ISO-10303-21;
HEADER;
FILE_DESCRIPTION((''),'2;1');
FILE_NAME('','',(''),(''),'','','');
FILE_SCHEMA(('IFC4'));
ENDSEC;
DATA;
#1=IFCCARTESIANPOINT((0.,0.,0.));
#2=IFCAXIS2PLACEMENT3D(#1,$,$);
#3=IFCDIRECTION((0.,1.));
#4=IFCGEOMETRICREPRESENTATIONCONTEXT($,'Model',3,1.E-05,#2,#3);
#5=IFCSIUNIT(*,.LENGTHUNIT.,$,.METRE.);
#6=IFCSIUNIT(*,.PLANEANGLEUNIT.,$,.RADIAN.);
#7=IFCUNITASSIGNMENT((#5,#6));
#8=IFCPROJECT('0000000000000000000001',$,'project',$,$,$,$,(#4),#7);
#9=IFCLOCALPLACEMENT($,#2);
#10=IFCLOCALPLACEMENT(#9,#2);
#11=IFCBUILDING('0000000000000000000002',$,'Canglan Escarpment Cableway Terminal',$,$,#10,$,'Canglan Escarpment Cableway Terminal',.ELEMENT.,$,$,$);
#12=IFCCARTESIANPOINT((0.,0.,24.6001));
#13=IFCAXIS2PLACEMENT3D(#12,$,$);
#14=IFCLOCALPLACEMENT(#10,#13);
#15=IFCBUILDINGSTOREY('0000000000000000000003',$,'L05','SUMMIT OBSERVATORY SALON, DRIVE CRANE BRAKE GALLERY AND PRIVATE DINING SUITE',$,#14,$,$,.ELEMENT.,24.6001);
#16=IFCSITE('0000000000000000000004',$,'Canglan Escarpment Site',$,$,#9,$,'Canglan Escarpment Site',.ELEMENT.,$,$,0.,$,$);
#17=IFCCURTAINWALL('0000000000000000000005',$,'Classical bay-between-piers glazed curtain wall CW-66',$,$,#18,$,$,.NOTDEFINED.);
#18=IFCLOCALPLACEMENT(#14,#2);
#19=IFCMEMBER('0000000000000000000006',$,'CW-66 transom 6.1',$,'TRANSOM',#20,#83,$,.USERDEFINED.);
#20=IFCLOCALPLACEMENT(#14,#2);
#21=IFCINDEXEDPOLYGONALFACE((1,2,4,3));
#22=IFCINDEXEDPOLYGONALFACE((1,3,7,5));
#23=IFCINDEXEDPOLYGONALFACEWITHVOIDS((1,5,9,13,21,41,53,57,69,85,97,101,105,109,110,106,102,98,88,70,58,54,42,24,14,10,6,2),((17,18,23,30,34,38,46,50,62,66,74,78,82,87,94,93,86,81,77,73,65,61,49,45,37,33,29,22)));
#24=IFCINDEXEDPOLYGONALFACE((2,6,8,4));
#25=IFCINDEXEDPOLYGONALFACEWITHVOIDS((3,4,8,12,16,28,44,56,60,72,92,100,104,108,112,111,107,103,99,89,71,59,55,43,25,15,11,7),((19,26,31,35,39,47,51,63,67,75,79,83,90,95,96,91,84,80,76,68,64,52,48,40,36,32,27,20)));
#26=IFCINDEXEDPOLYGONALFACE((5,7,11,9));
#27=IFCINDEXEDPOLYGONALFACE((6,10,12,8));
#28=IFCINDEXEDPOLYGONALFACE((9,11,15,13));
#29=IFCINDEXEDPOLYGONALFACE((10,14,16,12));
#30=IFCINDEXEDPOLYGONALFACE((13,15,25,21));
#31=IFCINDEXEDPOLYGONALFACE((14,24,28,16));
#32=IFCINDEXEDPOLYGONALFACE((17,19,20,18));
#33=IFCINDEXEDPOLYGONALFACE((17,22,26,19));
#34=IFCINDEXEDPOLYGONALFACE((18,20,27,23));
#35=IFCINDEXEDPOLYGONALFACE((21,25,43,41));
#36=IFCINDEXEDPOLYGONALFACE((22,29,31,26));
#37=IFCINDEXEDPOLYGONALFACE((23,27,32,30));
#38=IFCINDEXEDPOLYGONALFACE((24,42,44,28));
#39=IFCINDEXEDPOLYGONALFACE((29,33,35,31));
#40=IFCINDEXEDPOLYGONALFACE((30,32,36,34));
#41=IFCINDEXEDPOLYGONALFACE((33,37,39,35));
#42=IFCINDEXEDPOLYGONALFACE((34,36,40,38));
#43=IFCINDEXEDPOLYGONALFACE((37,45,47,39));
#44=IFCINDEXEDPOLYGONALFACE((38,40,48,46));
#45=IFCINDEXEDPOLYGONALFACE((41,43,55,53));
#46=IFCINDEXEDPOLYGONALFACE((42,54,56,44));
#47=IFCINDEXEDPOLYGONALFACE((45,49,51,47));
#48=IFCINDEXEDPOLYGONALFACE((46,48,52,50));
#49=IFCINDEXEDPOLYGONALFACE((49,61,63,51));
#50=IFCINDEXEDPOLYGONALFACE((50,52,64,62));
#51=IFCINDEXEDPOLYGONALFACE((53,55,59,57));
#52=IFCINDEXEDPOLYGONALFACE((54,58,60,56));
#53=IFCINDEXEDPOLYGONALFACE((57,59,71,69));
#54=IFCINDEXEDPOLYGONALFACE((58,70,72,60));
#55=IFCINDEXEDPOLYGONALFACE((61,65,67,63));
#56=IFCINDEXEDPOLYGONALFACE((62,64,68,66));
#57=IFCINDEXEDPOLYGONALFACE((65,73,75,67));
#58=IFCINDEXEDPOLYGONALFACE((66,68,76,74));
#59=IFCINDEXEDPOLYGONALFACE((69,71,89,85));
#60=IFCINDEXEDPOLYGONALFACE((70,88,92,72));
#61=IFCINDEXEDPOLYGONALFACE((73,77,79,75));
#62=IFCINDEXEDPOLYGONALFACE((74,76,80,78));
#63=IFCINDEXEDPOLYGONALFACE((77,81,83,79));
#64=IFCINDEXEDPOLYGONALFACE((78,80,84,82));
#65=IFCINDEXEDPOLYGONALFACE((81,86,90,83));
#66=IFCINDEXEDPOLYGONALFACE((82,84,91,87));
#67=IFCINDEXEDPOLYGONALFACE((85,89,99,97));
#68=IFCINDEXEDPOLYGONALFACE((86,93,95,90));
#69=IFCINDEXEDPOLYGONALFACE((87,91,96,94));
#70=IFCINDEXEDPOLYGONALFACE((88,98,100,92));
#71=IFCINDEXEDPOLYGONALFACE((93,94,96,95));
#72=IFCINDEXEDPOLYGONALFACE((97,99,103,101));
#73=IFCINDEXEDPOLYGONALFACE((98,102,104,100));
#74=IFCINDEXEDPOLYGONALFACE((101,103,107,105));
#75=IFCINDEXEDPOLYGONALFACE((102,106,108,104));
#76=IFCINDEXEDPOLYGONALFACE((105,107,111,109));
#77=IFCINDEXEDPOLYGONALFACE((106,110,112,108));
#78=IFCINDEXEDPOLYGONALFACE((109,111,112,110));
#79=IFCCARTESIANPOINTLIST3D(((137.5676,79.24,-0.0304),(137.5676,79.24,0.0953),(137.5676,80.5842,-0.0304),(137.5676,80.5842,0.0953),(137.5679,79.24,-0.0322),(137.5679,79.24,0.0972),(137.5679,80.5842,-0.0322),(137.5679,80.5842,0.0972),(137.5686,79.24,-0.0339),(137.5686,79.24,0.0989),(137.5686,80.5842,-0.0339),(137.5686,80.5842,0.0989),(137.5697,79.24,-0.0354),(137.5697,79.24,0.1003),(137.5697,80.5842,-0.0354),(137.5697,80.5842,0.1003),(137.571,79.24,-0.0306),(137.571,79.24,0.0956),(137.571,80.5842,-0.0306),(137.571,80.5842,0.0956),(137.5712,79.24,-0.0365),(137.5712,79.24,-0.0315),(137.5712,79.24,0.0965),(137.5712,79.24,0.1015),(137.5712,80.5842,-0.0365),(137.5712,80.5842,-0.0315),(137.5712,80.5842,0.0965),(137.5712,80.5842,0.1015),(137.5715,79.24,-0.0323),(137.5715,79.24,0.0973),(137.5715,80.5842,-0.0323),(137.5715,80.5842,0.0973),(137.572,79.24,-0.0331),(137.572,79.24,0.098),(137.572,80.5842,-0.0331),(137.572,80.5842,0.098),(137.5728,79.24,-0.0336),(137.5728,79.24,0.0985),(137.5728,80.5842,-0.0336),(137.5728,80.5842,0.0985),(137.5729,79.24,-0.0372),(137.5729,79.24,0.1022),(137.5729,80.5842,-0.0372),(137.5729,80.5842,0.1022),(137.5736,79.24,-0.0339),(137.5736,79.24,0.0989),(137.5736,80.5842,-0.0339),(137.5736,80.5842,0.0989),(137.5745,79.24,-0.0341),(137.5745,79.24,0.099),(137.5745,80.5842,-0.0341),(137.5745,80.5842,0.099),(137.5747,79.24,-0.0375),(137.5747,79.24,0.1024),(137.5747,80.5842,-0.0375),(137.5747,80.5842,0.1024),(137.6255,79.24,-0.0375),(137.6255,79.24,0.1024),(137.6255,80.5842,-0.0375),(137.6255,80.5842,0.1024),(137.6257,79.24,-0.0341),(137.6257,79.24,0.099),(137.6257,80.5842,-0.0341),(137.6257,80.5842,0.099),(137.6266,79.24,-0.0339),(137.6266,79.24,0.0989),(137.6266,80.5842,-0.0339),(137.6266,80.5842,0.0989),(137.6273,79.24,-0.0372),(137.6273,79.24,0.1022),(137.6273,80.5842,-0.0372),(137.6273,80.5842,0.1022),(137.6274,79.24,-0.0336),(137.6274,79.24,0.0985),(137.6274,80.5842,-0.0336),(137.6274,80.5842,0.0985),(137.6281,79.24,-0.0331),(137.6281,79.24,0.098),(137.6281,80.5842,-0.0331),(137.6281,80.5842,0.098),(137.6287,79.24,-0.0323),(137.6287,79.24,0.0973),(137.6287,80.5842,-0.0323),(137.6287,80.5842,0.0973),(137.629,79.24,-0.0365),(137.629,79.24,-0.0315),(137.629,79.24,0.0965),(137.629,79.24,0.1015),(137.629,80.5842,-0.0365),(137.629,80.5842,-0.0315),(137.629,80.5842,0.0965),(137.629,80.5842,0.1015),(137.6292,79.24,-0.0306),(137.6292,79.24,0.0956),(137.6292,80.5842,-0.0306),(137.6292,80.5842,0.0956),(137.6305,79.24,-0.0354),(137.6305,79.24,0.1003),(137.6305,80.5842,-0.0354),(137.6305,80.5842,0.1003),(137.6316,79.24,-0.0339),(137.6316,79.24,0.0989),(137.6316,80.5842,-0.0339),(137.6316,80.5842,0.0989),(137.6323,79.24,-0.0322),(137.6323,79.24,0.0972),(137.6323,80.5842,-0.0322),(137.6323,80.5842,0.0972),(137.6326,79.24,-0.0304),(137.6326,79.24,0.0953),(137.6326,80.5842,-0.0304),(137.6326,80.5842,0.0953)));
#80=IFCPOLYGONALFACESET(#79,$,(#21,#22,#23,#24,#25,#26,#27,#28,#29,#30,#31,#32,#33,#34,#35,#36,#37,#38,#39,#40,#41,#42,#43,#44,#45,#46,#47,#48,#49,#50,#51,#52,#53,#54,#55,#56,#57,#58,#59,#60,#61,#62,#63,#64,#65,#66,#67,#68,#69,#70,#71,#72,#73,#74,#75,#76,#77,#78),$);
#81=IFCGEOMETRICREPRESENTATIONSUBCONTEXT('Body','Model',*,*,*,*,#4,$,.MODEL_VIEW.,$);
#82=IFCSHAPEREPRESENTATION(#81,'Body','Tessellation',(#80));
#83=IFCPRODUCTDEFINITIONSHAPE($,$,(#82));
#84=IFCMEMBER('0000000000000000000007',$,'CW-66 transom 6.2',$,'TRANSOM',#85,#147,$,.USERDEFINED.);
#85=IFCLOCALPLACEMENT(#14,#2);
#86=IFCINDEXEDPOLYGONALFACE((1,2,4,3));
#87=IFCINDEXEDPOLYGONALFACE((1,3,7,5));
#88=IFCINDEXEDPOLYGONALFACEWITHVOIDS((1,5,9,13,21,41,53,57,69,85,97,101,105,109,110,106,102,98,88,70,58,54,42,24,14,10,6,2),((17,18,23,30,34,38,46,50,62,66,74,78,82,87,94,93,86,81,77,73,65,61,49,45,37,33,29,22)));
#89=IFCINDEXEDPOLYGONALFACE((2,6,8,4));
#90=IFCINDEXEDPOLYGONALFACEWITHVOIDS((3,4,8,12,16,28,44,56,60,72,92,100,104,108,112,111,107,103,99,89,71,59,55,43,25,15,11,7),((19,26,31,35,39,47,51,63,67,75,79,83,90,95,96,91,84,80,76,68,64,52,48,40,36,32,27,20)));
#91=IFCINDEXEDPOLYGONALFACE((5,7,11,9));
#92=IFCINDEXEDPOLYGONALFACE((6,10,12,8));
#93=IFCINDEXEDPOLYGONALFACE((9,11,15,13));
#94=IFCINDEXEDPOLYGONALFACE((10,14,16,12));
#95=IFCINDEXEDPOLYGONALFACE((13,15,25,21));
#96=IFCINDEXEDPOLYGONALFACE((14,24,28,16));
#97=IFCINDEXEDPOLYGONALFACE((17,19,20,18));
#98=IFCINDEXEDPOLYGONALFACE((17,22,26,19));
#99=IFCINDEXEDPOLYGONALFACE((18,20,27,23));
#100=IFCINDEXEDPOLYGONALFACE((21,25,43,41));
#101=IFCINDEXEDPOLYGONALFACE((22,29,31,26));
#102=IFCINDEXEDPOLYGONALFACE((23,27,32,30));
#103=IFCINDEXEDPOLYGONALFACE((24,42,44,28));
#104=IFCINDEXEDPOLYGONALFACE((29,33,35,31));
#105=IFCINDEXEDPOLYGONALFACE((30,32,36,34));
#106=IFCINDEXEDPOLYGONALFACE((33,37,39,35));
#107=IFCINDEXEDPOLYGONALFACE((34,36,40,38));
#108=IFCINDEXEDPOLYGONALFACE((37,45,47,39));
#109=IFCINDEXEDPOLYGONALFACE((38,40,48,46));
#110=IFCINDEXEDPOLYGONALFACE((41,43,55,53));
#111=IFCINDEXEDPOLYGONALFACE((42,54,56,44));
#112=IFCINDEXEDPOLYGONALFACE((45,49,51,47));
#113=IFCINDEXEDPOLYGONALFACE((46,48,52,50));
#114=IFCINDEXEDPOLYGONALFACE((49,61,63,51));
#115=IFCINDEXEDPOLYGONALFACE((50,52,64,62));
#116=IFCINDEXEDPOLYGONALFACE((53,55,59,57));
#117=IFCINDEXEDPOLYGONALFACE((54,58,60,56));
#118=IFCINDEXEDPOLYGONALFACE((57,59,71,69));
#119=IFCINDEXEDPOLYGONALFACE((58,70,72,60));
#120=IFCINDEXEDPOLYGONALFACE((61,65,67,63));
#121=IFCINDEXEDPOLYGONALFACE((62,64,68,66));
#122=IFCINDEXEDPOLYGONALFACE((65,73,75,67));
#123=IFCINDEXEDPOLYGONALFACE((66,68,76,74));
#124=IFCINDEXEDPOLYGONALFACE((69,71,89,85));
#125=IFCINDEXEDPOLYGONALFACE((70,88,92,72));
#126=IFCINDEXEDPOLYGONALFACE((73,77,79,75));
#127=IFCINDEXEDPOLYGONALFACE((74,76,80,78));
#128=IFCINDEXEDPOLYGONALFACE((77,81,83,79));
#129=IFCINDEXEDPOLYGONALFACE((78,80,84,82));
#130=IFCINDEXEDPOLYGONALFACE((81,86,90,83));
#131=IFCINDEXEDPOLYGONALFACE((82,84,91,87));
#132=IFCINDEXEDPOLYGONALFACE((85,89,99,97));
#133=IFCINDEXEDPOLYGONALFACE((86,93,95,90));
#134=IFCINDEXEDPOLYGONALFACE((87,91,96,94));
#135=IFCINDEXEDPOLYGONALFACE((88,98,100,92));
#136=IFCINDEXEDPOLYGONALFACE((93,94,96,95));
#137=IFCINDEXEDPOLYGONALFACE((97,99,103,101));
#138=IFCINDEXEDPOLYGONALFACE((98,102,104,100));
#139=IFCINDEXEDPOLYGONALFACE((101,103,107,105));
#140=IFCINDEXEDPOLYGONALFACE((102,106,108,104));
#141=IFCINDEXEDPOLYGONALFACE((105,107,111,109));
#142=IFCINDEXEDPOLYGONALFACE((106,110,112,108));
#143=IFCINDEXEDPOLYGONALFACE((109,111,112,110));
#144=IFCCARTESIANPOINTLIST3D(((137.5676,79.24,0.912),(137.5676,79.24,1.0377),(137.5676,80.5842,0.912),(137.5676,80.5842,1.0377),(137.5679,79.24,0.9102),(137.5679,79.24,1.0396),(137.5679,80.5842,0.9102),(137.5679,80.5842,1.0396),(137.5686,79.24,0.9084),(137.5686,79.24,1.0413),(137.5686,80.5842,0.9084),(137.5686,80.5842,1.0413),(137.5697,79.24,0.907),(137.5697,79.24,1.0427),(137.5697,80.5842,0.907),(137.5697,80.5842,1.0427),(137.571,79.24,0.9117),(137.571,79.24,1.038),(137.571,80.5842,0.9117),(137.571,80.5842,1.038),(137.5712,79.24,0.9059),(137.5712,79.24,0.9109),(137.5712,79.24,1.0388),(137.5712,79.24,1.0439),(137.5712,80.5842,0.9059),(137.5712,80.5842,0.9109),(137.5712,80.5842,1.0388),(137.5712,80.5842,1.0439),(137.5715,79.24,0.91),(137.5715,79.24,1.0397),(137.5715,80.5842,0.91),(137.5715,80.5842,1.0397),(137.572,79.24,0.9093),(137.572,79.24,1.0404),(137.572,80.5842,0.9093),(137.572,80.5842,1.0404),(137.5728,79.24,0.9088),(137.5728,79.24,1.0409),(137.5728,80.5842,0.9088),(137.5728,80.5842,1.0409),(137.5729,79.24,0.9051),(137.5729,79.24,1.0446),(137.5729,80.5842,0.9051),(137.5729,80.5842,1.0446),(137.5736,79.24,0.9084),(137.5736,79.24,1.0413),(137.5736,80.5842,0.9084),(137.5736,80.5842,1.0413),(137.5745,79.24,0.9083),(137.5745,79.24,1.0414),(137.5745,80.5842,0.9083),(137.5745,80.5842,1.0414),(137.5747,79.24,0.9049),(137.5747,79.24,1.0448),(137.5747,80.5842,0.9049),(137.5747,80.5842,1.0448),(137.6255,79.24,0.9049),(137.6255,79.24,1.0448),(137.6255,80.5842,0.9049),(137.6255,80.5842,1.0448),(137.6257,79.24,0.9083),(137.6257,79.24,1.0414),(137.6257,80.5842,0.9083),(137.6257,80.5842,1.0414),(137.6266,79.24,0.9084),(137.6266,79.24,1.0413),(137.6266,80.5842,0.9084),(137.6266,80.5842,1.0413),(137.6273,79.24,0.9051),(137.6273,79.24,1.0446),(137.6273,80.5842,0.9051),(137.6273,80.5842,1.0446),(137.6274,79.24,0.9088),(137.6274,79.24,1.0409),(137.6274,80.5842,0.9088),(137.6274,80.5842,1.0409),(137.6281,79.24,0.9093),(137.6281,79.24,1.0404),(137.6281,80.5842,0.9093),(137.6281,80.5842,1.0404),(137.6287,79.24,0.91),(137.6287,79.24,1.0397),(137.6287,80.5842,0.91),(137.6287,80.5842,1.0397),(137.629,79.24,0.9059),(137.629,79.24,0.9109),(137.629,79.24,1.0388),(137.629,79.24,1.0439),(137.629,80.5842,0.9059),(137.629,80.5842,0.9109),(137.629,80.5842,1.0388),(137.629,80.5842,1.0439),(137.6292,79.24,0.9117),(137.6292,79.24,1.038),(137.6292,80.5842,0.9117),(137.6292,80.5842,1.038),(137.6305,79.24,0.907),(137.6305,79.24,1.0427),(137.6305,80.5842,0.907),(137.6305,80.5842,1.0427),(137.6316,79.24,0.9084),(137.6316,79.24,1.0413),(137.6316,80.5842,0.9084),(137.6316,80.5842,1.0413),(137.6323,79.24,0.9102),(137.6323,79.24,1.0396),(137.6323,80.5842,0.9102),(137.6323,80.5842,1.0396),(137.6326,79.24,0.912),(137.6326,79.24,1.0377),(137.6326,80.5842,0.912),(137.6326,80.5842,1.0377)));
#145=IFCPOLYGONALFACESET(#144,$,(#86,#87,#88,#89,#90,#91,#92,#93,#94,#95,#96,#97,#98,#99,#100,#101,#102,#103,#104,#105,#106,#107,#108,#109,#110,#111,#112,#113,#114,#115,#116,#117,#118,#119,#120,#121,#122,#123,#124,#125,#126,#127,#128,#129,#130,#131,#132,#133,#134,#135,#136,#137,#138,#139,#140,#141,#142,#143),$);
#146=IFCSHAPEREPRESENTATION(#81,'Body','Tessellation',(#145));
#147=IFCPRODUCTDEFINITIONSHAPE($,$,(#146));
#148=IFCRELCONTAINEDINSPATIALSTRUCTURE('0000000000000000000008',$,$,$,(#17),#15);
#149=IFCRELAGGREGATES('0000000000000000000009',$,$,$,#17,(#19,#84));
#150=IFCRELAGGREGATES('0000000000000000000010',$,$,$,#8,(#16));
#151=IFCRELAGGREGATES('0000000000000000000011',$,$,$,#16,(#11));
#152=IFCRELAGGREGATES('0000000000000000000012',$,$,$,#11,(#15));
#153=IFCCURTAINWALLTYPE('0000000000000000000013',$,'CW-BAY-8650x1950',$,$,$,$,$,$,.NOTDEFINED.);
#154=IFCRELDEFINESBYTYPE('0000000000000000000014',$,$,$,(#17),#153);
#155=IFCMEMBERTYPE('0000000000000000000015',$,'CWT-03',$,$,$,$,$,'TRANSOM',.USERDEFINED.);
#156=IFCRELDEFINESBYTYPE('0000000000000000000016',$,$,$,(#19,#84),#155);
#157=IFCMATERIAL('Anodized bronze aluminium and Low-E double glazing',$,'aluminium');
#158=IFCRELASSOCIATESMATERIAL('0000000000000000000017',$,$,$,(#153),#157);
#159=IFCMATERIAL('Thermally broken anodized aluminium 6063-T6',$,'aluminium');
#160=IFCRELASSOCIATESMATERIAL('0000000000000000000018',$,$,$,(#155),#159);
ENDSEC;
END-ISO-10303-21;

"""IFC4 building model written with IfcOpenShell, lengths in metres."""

from ifc_helpers import new_model, si_unit, direction, frame, origin, origin_2d, place, context, subcontext, project, spatial, hollow_rectangle, extrude, material, material_profile, profile_set, type_object, element, aggregate, save


model = new_model("IFC4")

# Units and contexts
model_context = context("Model", 3, precision=1e-05, world=origin(), true_north=direction((0.0, 1.0)))
body_context = subcontext(model_context, "Body", "Model", "MODEL_VIEW")
ifc_project = project(units=[si_unit("LENGTHUNIT", "METRE"), si_unit("PLANEANGLEUNIT", "RADIAN")], contexts=[model_context])

# Site, building, storey
site_placement = place(None, origin())
site = spatial("IfcSite", under=ifc_project, at=site_placement, Name="Canglan Escarpment Site", LongName="Canglan Escarpment Site", CompositionType="ELEMENT", RefElevation=0.0)
building_placement = place(site_placement, origin())
building = spatial("IfcBuilding", under=site, at=building_placement, Name="Canglan Escarpment Cableway Terminal", LongName="Canglan Escarpment Cableway Terminal", CompositionType="ELEMENT")
storey_placement = place(building_placement, frame((0.0, 0.0, 24.6001)))
storey = spatial("IfcBuildingStorey", under=building, at=storey_placement, Name="L05", Description="SUMMIT OBSERVATORY SALON, DRIVE CRANE BRAKE GALLERY AND PRIVATE DINING SUITE", CompositionType="ELEMENT", Elevation=24.6001)

# Curtain wall, members
ifc_material_1 = material(Name="Anodized bronze aluminium and Low-E double glazing", Category="aluminium")
curtain_wall_type = type_object("IfcCurtainWallType", Name="CW-BAY-8650x1950", PredefinedType="NOTDEFINED", material=ifc_material_1)
curtain_wall_placement = place(storey_placement, origin())
curtain_wall = element("IfcCurtainWall", 1, at=curtain_wall_placement, inside=storey, type_object=curtain_wall_type, Name="Classical bay-between-piers glazed curtain wall CW-66", PredefinedType="NOTDEFINED")
ifc_material_2 = material(Name="Thermally broken anodized aluminium 6063-T6", Category="aluminium")
ifc_material_profile_1 = material_profile(ifc_material_2, hollow_rectangle(XDim=0.0649, YDim=0.1399, WallThickness=0.0034, InnerFilletRadius=0.0034, OuterFilletRadius=0.0071, at=origin_2d()), Name="ALU-TRAN 65x140x3.5")
ifc_profile_set_1 = profile_set([ifc_material_profile_1], Name="Thermally broken anodized aluminium 6063-T6")
member_type_1 = type_object("IfcMemberType", Name="CWT-03", ElementType="TRANSOM", PredefinedType="USERDEFINED", material=ifc_profile_set_1)
member_1_placement = place(storey_placement, frame((137.6001, 80.5842, 0.0325), z_axis=(0.0, -1.0, 0.0), x_axis=(1.0, 0.0, 0.0)))
member_1 = element("IfcMember", 2, at=member_1_placement, type_object=member_type_1, Name="CW-66 transom 6.1", ObjectType="TRANSOM", PredefinedType="USERDEFINED", context=body_context, shape_type="SweptSolid", body=[
    extrude(hollow_rectangle(XDim=0.0649, YDim=0.1399, WallThickness=0.0034, InnerFilletRadius=0.0034, OuterFilletRadius=0.0071, at=origin_2d()), origin(), (0.0, 0.0, 1.0), 1.3442),
])
member_2_placement = place(storey_placement, frame((137.6001, 80.5842, 0.9749), z_axis=(0.0, -1.0, 0.0), x_axis=(1.0, 0.0, 0.0)))
member_2 = element("IfcMember", 3, at=member_2_placement, type_object=member_type_1, Name="CW-66 transom 6.2", ObjectType="TRANSOM", PredefinedType="USERDEFINED", context=body_context, shape_type="SweptSolid", body=[
    extrude(hollow_rectangle(XDim=0.0649, YDim=0.1399, WallThickness=0.0034, InnerFilletRadius=0.0034, OuterFilletRadius=0.0071, at=origin_2d()), origin(), (0.0, 0.0, 1.0), 1.3442),
])
aggregate(curtain_wall, [member_1, member_2])

save(model, "model.ifc")
